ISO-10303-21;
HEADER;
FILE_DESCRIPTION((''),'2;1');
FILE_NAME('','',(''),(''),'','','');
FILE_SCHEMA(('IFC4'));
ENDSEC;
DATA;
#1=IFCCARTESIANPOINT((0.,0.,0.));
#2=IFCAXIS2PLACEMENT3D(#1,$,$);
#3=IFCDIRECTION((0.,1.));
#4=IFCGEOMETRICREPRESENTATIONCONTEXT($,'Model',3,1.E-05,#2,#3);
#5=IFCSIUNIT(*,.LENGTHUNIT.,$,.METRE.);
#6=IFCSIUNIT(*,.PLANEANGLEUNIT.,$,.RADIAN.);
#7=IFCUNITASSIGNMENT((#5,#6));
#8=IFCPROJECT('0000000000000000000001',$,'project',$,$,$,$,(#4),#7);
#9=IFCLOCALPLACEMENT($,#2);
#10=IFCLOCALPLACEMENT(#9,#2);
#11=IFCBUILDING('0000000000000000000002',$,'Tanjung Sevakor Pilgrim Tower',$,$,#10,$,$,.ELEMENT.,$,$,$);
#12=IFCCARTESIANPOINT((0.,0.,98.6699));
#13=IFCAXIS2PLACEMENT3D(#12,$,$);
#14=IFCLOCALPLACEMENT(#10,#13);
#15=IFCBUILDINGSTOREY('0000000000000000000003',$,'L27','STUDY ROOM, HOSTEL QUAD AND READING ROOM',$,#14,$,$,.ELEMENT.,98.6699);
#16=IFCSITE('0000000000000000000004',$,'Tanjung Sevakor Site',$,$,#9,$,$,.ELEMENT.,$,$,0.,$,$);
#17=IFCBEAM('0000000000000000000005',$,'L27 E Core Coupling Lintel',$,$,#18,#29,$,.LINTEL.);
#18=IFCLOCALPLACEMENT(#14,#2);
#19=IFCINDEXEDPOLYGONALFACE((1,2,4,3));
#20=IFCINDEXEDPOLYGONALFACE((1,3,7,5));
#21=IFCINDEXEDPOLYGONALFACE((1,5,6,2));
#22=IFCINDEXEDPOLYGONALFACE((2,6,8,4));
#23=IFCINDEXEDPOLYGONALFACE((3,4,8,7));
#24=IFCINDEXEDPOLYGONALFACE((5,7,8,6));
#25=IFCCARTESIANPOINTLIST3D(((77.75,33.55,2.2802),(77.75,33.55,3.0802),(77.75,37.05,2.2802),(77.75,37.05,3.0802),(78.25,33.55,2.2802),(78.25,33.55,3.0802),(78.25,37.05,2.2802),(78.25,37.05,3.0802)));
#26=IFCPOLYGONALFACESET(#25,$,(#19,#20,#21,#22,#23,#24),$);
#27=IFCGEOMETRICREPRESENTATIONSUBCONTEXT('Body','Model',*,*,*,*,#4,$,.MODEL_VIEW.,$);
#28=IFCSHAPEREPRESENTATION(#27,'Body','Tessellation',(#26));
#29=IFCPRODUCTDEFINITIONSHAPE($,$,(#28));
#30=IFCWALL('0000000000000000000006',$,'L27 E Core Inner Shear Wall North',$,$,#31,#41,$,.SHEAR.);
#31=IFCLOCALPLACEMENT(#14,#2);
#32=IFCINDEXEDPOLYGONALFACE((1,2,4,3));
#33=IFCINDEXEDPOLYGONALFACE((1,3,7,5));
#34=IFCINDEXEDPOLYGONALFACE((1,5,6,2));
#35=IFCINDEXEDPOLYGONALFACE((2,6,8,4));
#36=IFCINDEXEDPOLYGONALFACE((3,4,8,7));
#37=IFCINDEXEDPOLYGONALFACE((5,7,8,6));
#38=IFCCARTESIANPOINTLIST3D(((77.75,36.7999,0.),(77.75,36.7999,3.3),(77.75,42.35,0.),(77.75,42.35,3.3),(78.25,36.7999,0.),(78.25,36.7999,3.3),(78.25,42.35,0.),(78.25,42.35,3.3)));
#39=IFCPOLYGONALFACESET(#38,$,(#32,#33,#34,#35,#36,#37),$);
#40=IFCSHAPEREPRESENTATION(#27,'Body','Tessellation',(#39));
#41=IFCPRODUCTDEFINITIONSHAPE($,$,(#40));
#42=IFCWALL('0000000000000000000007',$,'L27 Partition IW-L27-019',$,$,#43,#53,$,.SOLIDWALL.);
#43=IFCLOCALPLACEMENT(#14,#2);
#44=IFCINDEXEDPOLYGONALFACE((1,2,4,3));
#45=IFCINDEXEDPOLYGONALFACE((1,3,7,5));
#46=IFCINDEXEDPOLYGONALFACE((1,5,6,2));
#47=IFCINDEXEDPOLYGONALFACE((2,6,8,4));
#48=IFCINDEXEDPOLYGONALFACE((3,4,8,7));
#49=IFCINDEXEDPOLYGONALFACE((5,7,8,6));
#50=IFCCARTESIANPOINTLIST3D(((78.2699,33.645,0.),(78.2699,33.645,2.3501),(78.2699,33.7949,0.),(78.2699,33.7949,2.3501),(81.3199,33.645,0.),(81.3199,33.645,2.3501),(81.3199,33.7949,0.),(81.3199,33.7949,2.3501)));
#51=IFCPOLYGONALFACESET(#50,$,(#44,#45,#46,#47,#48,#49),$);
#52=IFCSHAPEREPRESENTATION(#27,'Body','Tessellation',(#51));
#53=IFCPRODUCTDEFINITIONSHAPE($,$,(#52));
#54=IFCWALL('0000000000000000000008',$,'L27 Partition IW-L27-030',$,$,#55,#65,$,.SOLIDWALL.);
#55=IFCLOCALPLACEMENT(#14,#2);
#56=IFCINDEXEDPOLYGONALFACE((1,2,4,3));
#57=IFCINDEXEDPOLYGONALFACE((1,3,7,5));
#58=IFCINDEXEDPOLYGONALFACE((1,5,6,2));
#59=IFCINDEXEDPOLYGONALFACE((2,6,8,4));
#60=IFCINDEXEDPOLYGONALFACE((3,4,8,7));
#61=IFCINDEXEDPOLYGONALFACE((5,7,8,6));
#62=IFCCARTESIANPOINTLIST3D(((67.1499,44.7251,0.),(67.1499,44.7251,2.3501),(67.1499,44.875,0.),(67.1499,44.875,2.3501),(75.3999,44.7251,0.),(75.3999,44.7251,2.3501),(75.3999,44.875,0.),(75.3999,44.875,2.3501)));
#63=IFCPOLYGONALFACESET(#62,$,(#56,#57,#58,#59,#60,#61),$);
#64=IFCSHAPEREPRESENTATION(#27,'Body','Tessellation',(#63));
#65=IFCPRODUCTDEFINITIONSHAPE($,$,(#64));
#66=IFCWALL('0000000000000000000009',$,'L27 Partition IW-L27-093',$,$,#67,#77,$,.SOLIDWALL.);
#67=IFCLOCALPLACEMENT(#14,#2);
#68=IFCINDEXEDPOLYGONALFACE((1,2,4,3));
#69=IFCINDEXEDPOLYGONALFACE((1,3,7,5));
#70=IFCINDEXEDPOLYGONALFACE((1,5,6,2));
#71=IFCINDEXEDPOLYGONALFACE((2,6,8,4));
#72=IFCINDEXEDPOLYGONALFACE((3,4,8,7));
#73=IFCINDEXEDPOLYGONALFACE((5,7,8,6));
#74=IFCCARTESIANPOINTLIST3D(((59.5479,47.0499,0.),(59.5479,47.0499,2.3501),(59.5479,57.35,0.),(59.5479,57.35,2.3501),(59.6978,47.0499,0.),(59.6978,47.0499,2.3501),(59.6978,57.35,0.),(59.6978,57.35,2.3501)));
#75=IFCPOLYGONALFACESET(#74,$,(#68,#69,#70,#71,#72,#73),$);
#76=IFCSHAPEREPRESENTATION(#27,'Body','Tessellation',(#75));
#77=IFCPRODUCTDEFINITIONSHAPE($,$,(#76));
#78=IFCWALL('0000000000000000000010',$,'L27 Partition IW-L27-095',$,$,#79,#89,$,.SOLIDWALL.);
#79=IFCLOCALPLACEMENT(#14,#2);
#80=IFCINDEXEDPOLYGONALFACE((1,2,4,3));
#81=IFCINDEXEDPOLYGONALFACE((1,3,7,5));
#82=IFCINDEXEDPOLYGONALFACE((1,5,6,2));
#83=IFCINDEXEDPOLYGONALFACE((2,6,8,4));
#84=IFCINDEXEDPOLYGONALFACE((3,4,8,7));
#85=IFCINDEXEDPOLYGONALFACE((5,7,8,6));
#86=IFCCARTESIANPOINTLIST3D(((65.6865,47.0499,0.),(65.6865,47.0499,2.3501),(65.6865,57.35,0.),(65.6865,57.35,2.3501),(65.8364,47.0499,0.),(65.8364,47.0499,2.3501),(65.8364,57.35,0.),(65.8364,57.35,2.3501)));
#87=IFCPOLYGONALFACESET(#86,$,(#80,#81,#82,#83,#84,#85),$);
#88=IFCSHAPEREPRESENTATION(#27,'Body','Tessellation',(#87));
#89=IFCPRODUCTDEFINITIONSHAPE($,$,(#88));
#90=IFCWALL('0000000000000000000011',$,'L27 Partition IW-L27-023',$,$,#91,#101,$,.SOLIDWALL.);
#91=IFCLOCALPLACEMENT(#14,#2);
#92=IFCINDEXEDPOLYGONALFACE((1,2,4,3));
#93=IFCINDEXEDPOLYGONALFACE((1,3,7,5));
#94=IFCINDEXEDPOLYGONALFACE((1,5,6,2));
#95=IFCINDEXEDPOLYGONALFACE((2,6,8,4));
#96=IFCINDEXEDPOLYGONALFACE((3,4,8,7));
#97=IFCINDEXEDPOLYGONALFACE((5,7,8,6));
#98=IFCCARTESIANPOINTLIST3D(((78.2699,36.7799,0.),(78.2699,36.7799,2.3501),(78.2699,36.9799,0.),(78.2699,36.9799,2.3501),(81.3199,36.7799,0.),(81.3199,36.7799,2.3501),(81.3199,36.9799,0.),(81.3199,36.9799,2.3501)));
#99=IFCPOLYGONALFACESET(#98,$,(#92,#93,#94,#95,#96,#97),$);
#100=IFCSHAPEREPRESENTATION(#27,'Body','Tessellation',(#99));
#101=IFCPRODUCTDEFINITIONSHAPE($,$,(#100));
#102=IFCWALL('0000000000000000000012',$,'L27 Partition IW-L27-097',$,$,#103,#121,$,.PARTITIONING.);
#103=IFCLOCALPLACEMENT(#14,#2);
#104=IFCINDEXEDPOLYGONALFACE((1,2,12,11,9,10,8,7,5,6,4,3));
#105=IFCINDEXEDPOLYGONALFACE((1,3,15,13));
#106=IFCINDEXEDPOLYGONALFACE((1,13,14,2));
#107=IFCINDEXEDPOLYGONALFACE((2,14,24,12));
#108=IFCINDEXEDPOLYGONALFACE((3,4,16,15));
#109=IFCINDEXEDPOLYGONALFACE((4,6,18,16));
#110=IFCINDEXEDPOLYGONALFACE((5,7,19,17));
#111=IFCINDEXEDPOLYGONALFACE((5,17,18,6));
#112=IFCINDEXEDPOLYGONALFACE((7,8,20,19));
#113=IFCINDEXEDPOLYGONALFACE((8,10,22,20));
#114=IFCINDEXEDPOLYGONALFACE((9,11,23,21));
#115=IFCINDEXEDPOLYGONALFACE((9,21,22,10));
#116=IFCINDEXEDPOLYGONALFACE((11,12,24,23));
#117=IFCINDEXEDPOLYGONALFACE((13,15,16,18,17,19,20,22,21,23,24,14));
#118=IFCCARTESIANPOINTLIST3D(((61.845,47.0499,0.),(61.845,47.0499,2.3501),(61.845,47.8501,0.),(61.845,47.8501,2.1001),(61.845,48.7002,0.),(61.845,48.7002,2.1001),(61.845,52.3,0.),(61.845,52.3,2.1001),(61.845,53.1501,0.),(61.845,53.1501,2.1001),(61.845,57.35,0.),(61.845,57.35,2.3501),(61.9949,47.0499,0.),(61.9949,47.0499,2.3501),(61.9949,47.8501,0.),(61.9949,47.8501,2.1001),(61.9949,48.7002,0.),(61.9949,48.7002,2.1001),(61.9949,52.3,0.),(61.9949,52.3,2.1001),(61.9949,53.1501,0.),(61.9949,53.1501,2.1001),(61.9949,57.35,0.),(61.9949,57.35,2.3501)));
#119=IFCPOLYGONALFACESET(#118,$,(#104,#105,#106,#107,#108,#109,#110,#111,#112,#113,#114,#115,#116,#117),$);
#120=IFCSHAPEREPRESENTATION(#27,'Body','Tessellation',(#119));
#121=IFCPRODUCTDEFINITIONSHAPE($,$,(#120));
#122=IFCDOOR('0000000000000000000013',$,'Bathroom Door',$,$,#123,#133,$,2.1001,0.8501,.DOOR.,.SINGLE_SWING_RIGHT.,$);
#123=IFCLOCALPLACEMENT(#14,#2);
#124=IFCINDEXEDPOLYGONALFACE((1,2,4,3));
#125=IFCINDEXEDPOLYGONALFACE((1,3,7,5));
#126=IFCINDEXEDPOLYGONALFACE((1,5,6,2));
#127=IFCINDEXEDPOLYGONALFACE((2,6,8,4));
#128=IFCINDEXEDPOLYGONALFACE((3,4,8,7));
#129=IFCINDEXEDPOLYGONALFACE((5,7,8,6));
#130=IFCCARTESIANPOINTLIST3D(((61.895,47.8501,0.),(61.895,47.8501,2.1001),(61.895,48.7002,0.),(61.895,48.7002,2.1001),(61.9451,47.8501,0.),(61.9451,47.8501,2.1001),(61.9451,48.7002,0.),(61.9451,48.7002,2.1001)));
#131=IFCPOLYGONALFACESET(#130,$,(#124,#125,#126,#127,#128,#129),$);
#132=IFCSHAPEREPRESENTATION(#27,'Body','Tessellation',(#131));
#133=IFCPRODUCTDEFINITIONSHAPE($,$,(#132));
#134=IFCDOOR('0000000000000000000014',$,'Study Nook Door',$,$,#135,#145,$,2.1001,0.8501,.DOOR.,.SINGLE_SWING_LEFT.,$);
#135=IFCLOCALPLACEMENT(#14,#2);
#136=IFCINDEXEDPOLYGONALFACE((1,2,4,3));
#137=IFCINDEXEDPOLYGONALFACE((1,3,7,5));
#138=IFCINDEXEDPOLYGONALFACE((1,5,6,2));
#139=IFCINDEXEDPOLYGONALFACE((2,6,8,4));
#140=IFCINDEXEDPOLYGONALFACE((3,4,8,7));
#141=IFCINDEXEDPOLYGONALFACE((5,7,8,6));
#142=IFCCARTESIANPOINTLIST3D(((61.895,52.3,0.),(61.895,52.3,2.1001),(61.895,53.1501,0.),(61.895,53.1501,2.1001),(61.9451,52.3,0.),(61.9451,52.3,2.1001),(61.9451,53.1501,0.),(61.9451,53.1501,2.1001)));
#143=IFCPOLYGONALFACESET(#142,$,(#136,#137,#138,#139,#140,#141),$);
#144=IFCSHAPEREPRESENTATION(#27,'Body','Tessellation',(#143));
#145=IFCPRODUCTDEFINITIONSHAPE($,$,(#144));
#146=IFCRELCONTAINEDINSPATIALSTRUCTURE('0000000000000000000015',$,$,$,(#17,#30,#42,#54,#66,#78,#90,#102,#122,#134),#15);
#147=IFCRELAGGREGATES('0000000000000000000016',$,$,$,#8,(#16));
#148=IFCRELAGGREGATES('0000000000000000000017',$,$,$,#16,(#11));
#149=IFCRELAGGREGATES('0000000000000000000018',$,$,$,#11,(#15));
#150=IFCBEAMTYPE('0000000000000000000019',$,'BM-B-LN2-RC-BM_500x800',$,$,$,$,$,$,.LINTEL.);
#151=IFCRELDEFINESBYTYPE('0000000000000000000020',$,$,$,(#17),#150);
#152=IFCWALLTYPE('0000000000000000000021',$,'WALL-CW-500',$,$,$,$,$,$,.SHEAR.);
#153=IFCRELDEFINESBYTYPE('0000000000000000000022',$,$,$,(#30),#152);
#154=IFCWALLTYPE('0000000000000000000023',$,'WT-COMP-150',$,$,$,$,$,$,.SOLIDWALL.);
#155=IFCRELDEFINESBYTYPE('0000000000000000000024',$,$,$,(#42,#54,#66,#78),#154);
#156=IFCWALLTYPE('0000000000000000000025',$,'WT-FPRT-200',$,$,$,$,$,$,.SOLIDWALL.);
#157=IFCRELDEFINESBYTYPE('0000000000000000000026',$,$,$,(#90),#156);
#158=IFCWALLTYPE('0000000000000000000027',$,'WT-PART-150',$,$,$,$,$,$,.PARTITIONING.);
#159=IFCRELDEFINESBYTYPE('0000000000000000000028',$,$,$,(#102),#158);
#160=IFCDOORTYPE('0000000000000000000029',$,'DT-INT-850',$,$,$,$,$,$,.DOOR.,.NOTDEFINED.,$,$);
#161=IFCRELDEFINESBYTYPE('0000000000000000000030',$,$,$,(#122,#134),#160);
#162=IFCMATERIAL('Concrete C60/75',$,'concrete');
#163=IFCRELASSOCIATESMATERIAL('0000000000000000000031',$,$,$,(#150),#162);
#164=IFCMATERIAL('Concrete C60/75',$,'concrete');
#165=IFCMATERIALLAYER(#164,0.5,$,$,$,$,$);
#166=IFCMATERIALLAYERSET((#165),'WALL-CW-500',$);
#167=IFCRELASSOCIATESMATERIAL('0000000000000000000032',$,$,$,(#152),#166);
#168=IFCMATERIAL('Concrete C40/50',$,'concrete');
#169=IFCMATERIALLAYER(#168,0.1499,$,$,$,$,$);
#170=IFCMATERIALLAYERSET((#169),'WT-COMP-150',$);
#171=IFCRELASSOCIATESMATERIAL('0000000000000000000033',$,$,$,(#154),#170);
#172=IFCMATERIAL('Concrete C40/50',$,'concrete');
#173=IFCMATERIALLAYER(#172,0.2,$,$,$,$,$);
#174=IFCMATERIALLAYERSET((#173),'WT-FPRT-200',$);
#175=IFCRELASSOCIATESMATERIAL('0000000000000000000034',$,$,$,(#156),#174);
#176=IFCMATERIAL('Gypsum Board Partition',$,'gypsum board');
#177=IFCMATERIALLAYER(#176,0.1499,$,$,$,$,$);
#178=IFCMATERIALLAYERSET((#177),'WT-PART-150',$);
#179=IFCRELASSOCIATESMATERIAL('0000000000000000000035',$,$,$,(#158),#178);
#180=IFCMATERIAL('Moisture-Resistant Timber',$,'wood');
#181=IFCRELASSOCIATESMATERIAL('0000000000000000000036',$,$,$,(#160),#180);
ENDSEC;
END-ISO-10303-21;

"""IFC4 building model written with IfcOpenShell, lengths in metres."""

from ifc_helpers import new_model, si_unit, direction, frame, frame_2d, origin, origin_2d, place, context, subcontext, project, spatial, rectangle, extrude, material, layer, layer_set, material_profile, profile_set, type_object, element, fill, save


model = new_model("IFC4")

# Units and contexts
model_context = context("Model", 3, precision=1e-05, world=origin(), true_north=direction((0.0, 1.0)))
body_context = subcontext(model_context, "Body", "Model", "MODEL_VIEW")
ifc_project = project(units=[si_unit("LENGTHUNIT", "METRE"), si_unit("PLANEANGLEUNIT", "RADIAN")], contexts=[model_context])

# Site, building, storey
site_placement = place(None, origin())
site = spatial("IfcSite", under=ifc_project, at=site_placement, Name="Tanjung Sevakor Site", CompositionType="ELEMENT", RefElevation=0.0)
building_placement = place(site_placement, origin())
building = spatial("IfcBuilding", under=site, at=building_placement, Name="Tanjung Sevakor Pilgrim Tower", CompositionType="ELEMENT")
storey_placement = place(building_placement, frame((0.0, 0.0, 98.6699)))
storey = spatial("IfcBuildingStorey", under=building, at=storey_placement, Name="L27", Description="STUDY ROOM, HOSTEL QUAD AND READING ROOM", CompositionType="ELEMENT", Elevation=98.6699)

# Beam
ifc_material_1 = material(Name="Concrete C60/75", Category="concrete")
ifc_material_profile_1 = material_profile(ifc_material_1, rectangle(XDim=0.5, YDim=0.8, at=origin_2d()))
ifc_profile_set_1 = profile_set([ifc_material_profile_1], Name="Concrete C60/75")
beam_type_1 = type_object("IfcBeamType", Name="BM-B-LN2-RC-BM_500x800", PredefinedType="LINTEL", material=ifc_profile_set_1)
beam_1_placement = place(storey_placement, frame((78.0, 33.55, 2.6802), z_axis=(0.0, 1.0, 0.0), x_axis=(-1.0, 0.0, 0.0)))
element("IfcBeam", 1, at=beam_1_placement, inside=storey, type_object=beam_type_1, Name="L27 E Core Coupling Lintel", PredefinedType="LINTEL", context=body_context, shape_type="SweptSolid", body=[
    extrude(rectangle(XDim=0.5, YDim=0.8, at=origin_2d()), origin(), (0.0, 0.0, 1.0), 3.5),
])

# Walls
ifc_material_2 = material(Name="Concrete C60/75", Category="concrete")
ifc_layer_1 = layer(ifc_material_2, 0.5)
ifc_layer_set_1 = layer_set([ifc_layer_1], Name="WALL-CW-500")
wall_type_1 = type_object("IfcWallType", Name="WALL-CW-500", PredefinedType="SHEAR", material=ifc_layer_set_1)
wall_1_placement = place(storey_placement, frame((78.0, 36.8, 0.0), z_axis=(0.0, 0.0, 1.0), x_axis=(0.0, 1.0, 0.0)))
element("IfcWall", 2, at=wall_1_placement, inside=storey, type_object=wall_type_1, Name="L27 E Core Inner Shear Wall North", PredefinedType="SHEAR", context=body_context, shape_type="SweptSolid", body=[
    extrude(rectangle(XDim=5.55, YDim=0.5, at=frame_2d((2.7749, 0.0))), origin(), (0.0, 0.0, 1.0), 3.3),
])
ifc_material_3 = material(Name="Concrete C40/50", Category="concrete")
ifc_layer_2 = layer(ifc_material_3, 0.1499)
ifc_layer_set_2 = layer_set([ifc_layer_2], Name="WT-COMP-150")
wall_type_2 = type_object("IfcWallType", Name="WT-COMP-150", PredefinedType="SOLIDWALL", material=ifc_layer_set_2)
wall_2_placement = place(storey_placement, frame((78.27, 33.72, 0.0), z_axis=(0.0, 0.0, 1.0), x_axis=(1.0, 0.0, 0.0)))
element("IfcWall", 3, at=wall_2_placement, inside=storey, type_object=wall_type_2, Name="L27 Partition IW-L27-019", PredefinedType="SOLIDWALL", context=body_context, shape_type="SweptSolid", body=[
    extrude(rectangle(XDim=3.05, YDim=0.1499, at=frame_2d((1.5249, 0.0))), origin(), (0.0, 0.0, 1.0), 2.3501),
])
wall_3_placement = place(storey_placement, frame((67.1499, 44.8, 0.0), z_axis=(0.0, 0.0, 1.0), x_axis=(1.0, 0.0, 0.0)))
element("IfcWall", 4, at=wall_3_placement, inside=storey, type_object=wall_type_2, Name="L27 Partition IW-L27-030", PredefinedType="SOLIDWALL", context=body_context, shape_type="SweptSolid", body=[
    extrude(rectangle(XDim=8.25, YDim=0.1499, at=frame_2d((4.125, 0.0))), origin(), (0.0, 0.0, 1.0), 2.3501),
])
for number, where, z_axis, x_axis, name in (
    (5, (59.6228, 47.05, 0.0), (0.0, 0.0, 1.0), (0.0, 1.0, 0.0), "L27 Partition IW-L27-093"),
    (6, (65.7615, 47.05, 0.0), (0.0, 0.0, 1.0), (0.0, 1.0, 0.0), "L27 Partition IW-L27-095"),
):
    element("IfcWall", number, at=place(storey_placement, frame(where, z_axis=z_axis, x_axis=x_axis)), inside=storey, type_object=wall_type_2, Name=name, PredefinedType="SOLIDWALL", context=body_context, shape_type="SweptSolid", body=[
        extrude(rectangle(XDim=10.3, YDim=0.1499, at=frame_2d((5.1499, 0.0))), origin(), (0.0, 0.0, 1.0), 2.3501),
    ])

# Wall
ifc_material_4 = material(Name="Concrete C40/50", Category="concrete")
ifc_layer_3 = layer(ifc_material_4, 0.2)
ifc_layer_set_3 = layer_set([ifc_layer_3], Name="WT-FPRT-200")
wall_type_3 = type_object("IfcWallType", Name="WT-FPRT-200", PredefinedType="SOLIDWALL", material=ifc_layer_set_3)
wall_4_placement = place(storey_placement, frame((78.27, 36.8799, 0.0), z_axis=(0.0, 0.0, 1.0), x_axis=(1.0, 0.0, 0.0)))
element("IfcWall", 7, at=wall_4_placement, inside=storey, type_object=wall_type_3, Name="L27 Partition IW-L27-023", PredefinedType="SOLIDWALL", context=body_context, shape_type="SweptSolid", body=[
    extrude(rectangle(XDim=3.05, YDim=0.2, at=frame_2d((1.5249, 0.0))), origin(), (0.0, 0.0, 1.0), 2.3501),
])

# Wall, openings, doors
ifc_material_5 = material(Name="Gypsum Board Partition", Category="gypsum board")
ifc_layer_4 = layer(ifc_material_5, 0.1499)
ifc_layer_set_4 = layer_set([ifc_layer_4], Name="WT-PART-150")
wall_type_4 = type_object("IfcWallType", Name="WT-PART-150", PredefinedType="PARTITIONING", material=ifc_layer_set_4)
wall_5_placement = place(storey_placement, frame((61.9199, 47.05, 0.0), z_axis=(0.0, 0.0, 1.0), x_axis=(0.0, 1.0, 0.0)))
wall_5 = element("IfcWall", 8, at=wall_5_placement, inside=storey, type_object=wall_type_4, Name="L27 Partition IW-L27-097", PredefinedType="PARTITIONING", context=body_context, shape_type="SweptSolid", body=[
    extrude(rectangle(XDim=10.3, YDim=0.1499, at=frame_2d((5.1499, 0.0))), origin(), (0.0, 0.0, 1.0), 2.3501),
])
opening_1_placement = place(wall_5_placement, frame((0.8, 0.0, 0.0)))
opening_1 = element("IfcOpeningElement", 9, at=opening_1_placement, cuts=wall_5, PredefinedType="OPENING", context=body_context, shape_type="SweptSolid", body=[
    extrude(rectangle(XDim=0.8501, YDim=2.1001, at=frame_2d((0.425, 1.05))), frame((0.0, 0.085, 0.0), z_axis=(0.0, -1.0, 0.0), x_axis=(1.0, 0.0, 0.0)), (0.0, 0.0, 1.0), 0.1699),
])
opening_2_placement = place(wall_5_placement, frame((5.25, 0.0, 0.0)))
opening_2 = element("IfcOpeningElement", 10, at=opening_2_placement, cuts=wall_5, PredefinedType="OPENING", context=body_context, shape_type="SweptSolid", body=[
    extrude(rectangle(XDim=0.8501, YDim=2.1001, at=frame_2d((0.425, 1.05))), frame((0.0, 0.085, 0.0), z_axis=(0.0, -1.0, 0.0), x_axis=(1.0, 0.0, 0.0)), (0.0, 0.0, 1.0), 0.1699),
])
ifc_material_6 = material(Name="Moisture-Resistant Timber", Category="wood")
door_type_1 = type_object("IfcDoorType", Name="DT-INT-850", OperationType="NOTDEFINED", PredefinedType="DOOR", material=ifc_material_6)
door_1_placement = place(opening_1_placement, origin())
door_1 = element("IfcDoor", 11, at=door_1_placement, inside=storey, type_object=door_type_1, Name="Bathroom Door", OperationType="SINGLE_SWING_RIGHT", OverallHeight=2.1001, OverallWidth=0.8501, PredefinedType="DOOR", context=body_context, shape_type="SweptSolid", body=[
    extrude(rectangle(XDim=0.8501, YDim=2.1001, at=frame_2d((0.425, 1.05))), frame((0.0, 0.0249, 0.0), z_axis=(0.0, -1.0, 0.0), x_axis=(1.0, 0.0, 0.0)), (0.0, 0.0, 1.0), 0.05),
])
fill(opening_1, door_1)
door_2_placement = place(opening_2_placement, origin())
door_2 = element("IfcDoor", 12, at=door_2_placement, inside=storey, type_object=door_type_1, Name="Study Nook Door", OperationType="SINGLE_SWING_LEFT", OverallHeight=2.1001, OverallWidth=0.8501, PredefinedType="DOOR", context=body_context, shape_type="SweptSolid", body=[
    extrude(rectangle(XDim=0.8501, YDim=2.1001, at=frame_2d((0.425, 1.05))), frame((0.0, 0.0249, 0.0), z_axis=(0.0, -1.0, 0.0), x_axis=(1.0, 0.0, 0.0)), (0.0, 0.0, 1.0), 0.05),
])
fill(opening_2, door_2)

save(model, "model.ifc")
